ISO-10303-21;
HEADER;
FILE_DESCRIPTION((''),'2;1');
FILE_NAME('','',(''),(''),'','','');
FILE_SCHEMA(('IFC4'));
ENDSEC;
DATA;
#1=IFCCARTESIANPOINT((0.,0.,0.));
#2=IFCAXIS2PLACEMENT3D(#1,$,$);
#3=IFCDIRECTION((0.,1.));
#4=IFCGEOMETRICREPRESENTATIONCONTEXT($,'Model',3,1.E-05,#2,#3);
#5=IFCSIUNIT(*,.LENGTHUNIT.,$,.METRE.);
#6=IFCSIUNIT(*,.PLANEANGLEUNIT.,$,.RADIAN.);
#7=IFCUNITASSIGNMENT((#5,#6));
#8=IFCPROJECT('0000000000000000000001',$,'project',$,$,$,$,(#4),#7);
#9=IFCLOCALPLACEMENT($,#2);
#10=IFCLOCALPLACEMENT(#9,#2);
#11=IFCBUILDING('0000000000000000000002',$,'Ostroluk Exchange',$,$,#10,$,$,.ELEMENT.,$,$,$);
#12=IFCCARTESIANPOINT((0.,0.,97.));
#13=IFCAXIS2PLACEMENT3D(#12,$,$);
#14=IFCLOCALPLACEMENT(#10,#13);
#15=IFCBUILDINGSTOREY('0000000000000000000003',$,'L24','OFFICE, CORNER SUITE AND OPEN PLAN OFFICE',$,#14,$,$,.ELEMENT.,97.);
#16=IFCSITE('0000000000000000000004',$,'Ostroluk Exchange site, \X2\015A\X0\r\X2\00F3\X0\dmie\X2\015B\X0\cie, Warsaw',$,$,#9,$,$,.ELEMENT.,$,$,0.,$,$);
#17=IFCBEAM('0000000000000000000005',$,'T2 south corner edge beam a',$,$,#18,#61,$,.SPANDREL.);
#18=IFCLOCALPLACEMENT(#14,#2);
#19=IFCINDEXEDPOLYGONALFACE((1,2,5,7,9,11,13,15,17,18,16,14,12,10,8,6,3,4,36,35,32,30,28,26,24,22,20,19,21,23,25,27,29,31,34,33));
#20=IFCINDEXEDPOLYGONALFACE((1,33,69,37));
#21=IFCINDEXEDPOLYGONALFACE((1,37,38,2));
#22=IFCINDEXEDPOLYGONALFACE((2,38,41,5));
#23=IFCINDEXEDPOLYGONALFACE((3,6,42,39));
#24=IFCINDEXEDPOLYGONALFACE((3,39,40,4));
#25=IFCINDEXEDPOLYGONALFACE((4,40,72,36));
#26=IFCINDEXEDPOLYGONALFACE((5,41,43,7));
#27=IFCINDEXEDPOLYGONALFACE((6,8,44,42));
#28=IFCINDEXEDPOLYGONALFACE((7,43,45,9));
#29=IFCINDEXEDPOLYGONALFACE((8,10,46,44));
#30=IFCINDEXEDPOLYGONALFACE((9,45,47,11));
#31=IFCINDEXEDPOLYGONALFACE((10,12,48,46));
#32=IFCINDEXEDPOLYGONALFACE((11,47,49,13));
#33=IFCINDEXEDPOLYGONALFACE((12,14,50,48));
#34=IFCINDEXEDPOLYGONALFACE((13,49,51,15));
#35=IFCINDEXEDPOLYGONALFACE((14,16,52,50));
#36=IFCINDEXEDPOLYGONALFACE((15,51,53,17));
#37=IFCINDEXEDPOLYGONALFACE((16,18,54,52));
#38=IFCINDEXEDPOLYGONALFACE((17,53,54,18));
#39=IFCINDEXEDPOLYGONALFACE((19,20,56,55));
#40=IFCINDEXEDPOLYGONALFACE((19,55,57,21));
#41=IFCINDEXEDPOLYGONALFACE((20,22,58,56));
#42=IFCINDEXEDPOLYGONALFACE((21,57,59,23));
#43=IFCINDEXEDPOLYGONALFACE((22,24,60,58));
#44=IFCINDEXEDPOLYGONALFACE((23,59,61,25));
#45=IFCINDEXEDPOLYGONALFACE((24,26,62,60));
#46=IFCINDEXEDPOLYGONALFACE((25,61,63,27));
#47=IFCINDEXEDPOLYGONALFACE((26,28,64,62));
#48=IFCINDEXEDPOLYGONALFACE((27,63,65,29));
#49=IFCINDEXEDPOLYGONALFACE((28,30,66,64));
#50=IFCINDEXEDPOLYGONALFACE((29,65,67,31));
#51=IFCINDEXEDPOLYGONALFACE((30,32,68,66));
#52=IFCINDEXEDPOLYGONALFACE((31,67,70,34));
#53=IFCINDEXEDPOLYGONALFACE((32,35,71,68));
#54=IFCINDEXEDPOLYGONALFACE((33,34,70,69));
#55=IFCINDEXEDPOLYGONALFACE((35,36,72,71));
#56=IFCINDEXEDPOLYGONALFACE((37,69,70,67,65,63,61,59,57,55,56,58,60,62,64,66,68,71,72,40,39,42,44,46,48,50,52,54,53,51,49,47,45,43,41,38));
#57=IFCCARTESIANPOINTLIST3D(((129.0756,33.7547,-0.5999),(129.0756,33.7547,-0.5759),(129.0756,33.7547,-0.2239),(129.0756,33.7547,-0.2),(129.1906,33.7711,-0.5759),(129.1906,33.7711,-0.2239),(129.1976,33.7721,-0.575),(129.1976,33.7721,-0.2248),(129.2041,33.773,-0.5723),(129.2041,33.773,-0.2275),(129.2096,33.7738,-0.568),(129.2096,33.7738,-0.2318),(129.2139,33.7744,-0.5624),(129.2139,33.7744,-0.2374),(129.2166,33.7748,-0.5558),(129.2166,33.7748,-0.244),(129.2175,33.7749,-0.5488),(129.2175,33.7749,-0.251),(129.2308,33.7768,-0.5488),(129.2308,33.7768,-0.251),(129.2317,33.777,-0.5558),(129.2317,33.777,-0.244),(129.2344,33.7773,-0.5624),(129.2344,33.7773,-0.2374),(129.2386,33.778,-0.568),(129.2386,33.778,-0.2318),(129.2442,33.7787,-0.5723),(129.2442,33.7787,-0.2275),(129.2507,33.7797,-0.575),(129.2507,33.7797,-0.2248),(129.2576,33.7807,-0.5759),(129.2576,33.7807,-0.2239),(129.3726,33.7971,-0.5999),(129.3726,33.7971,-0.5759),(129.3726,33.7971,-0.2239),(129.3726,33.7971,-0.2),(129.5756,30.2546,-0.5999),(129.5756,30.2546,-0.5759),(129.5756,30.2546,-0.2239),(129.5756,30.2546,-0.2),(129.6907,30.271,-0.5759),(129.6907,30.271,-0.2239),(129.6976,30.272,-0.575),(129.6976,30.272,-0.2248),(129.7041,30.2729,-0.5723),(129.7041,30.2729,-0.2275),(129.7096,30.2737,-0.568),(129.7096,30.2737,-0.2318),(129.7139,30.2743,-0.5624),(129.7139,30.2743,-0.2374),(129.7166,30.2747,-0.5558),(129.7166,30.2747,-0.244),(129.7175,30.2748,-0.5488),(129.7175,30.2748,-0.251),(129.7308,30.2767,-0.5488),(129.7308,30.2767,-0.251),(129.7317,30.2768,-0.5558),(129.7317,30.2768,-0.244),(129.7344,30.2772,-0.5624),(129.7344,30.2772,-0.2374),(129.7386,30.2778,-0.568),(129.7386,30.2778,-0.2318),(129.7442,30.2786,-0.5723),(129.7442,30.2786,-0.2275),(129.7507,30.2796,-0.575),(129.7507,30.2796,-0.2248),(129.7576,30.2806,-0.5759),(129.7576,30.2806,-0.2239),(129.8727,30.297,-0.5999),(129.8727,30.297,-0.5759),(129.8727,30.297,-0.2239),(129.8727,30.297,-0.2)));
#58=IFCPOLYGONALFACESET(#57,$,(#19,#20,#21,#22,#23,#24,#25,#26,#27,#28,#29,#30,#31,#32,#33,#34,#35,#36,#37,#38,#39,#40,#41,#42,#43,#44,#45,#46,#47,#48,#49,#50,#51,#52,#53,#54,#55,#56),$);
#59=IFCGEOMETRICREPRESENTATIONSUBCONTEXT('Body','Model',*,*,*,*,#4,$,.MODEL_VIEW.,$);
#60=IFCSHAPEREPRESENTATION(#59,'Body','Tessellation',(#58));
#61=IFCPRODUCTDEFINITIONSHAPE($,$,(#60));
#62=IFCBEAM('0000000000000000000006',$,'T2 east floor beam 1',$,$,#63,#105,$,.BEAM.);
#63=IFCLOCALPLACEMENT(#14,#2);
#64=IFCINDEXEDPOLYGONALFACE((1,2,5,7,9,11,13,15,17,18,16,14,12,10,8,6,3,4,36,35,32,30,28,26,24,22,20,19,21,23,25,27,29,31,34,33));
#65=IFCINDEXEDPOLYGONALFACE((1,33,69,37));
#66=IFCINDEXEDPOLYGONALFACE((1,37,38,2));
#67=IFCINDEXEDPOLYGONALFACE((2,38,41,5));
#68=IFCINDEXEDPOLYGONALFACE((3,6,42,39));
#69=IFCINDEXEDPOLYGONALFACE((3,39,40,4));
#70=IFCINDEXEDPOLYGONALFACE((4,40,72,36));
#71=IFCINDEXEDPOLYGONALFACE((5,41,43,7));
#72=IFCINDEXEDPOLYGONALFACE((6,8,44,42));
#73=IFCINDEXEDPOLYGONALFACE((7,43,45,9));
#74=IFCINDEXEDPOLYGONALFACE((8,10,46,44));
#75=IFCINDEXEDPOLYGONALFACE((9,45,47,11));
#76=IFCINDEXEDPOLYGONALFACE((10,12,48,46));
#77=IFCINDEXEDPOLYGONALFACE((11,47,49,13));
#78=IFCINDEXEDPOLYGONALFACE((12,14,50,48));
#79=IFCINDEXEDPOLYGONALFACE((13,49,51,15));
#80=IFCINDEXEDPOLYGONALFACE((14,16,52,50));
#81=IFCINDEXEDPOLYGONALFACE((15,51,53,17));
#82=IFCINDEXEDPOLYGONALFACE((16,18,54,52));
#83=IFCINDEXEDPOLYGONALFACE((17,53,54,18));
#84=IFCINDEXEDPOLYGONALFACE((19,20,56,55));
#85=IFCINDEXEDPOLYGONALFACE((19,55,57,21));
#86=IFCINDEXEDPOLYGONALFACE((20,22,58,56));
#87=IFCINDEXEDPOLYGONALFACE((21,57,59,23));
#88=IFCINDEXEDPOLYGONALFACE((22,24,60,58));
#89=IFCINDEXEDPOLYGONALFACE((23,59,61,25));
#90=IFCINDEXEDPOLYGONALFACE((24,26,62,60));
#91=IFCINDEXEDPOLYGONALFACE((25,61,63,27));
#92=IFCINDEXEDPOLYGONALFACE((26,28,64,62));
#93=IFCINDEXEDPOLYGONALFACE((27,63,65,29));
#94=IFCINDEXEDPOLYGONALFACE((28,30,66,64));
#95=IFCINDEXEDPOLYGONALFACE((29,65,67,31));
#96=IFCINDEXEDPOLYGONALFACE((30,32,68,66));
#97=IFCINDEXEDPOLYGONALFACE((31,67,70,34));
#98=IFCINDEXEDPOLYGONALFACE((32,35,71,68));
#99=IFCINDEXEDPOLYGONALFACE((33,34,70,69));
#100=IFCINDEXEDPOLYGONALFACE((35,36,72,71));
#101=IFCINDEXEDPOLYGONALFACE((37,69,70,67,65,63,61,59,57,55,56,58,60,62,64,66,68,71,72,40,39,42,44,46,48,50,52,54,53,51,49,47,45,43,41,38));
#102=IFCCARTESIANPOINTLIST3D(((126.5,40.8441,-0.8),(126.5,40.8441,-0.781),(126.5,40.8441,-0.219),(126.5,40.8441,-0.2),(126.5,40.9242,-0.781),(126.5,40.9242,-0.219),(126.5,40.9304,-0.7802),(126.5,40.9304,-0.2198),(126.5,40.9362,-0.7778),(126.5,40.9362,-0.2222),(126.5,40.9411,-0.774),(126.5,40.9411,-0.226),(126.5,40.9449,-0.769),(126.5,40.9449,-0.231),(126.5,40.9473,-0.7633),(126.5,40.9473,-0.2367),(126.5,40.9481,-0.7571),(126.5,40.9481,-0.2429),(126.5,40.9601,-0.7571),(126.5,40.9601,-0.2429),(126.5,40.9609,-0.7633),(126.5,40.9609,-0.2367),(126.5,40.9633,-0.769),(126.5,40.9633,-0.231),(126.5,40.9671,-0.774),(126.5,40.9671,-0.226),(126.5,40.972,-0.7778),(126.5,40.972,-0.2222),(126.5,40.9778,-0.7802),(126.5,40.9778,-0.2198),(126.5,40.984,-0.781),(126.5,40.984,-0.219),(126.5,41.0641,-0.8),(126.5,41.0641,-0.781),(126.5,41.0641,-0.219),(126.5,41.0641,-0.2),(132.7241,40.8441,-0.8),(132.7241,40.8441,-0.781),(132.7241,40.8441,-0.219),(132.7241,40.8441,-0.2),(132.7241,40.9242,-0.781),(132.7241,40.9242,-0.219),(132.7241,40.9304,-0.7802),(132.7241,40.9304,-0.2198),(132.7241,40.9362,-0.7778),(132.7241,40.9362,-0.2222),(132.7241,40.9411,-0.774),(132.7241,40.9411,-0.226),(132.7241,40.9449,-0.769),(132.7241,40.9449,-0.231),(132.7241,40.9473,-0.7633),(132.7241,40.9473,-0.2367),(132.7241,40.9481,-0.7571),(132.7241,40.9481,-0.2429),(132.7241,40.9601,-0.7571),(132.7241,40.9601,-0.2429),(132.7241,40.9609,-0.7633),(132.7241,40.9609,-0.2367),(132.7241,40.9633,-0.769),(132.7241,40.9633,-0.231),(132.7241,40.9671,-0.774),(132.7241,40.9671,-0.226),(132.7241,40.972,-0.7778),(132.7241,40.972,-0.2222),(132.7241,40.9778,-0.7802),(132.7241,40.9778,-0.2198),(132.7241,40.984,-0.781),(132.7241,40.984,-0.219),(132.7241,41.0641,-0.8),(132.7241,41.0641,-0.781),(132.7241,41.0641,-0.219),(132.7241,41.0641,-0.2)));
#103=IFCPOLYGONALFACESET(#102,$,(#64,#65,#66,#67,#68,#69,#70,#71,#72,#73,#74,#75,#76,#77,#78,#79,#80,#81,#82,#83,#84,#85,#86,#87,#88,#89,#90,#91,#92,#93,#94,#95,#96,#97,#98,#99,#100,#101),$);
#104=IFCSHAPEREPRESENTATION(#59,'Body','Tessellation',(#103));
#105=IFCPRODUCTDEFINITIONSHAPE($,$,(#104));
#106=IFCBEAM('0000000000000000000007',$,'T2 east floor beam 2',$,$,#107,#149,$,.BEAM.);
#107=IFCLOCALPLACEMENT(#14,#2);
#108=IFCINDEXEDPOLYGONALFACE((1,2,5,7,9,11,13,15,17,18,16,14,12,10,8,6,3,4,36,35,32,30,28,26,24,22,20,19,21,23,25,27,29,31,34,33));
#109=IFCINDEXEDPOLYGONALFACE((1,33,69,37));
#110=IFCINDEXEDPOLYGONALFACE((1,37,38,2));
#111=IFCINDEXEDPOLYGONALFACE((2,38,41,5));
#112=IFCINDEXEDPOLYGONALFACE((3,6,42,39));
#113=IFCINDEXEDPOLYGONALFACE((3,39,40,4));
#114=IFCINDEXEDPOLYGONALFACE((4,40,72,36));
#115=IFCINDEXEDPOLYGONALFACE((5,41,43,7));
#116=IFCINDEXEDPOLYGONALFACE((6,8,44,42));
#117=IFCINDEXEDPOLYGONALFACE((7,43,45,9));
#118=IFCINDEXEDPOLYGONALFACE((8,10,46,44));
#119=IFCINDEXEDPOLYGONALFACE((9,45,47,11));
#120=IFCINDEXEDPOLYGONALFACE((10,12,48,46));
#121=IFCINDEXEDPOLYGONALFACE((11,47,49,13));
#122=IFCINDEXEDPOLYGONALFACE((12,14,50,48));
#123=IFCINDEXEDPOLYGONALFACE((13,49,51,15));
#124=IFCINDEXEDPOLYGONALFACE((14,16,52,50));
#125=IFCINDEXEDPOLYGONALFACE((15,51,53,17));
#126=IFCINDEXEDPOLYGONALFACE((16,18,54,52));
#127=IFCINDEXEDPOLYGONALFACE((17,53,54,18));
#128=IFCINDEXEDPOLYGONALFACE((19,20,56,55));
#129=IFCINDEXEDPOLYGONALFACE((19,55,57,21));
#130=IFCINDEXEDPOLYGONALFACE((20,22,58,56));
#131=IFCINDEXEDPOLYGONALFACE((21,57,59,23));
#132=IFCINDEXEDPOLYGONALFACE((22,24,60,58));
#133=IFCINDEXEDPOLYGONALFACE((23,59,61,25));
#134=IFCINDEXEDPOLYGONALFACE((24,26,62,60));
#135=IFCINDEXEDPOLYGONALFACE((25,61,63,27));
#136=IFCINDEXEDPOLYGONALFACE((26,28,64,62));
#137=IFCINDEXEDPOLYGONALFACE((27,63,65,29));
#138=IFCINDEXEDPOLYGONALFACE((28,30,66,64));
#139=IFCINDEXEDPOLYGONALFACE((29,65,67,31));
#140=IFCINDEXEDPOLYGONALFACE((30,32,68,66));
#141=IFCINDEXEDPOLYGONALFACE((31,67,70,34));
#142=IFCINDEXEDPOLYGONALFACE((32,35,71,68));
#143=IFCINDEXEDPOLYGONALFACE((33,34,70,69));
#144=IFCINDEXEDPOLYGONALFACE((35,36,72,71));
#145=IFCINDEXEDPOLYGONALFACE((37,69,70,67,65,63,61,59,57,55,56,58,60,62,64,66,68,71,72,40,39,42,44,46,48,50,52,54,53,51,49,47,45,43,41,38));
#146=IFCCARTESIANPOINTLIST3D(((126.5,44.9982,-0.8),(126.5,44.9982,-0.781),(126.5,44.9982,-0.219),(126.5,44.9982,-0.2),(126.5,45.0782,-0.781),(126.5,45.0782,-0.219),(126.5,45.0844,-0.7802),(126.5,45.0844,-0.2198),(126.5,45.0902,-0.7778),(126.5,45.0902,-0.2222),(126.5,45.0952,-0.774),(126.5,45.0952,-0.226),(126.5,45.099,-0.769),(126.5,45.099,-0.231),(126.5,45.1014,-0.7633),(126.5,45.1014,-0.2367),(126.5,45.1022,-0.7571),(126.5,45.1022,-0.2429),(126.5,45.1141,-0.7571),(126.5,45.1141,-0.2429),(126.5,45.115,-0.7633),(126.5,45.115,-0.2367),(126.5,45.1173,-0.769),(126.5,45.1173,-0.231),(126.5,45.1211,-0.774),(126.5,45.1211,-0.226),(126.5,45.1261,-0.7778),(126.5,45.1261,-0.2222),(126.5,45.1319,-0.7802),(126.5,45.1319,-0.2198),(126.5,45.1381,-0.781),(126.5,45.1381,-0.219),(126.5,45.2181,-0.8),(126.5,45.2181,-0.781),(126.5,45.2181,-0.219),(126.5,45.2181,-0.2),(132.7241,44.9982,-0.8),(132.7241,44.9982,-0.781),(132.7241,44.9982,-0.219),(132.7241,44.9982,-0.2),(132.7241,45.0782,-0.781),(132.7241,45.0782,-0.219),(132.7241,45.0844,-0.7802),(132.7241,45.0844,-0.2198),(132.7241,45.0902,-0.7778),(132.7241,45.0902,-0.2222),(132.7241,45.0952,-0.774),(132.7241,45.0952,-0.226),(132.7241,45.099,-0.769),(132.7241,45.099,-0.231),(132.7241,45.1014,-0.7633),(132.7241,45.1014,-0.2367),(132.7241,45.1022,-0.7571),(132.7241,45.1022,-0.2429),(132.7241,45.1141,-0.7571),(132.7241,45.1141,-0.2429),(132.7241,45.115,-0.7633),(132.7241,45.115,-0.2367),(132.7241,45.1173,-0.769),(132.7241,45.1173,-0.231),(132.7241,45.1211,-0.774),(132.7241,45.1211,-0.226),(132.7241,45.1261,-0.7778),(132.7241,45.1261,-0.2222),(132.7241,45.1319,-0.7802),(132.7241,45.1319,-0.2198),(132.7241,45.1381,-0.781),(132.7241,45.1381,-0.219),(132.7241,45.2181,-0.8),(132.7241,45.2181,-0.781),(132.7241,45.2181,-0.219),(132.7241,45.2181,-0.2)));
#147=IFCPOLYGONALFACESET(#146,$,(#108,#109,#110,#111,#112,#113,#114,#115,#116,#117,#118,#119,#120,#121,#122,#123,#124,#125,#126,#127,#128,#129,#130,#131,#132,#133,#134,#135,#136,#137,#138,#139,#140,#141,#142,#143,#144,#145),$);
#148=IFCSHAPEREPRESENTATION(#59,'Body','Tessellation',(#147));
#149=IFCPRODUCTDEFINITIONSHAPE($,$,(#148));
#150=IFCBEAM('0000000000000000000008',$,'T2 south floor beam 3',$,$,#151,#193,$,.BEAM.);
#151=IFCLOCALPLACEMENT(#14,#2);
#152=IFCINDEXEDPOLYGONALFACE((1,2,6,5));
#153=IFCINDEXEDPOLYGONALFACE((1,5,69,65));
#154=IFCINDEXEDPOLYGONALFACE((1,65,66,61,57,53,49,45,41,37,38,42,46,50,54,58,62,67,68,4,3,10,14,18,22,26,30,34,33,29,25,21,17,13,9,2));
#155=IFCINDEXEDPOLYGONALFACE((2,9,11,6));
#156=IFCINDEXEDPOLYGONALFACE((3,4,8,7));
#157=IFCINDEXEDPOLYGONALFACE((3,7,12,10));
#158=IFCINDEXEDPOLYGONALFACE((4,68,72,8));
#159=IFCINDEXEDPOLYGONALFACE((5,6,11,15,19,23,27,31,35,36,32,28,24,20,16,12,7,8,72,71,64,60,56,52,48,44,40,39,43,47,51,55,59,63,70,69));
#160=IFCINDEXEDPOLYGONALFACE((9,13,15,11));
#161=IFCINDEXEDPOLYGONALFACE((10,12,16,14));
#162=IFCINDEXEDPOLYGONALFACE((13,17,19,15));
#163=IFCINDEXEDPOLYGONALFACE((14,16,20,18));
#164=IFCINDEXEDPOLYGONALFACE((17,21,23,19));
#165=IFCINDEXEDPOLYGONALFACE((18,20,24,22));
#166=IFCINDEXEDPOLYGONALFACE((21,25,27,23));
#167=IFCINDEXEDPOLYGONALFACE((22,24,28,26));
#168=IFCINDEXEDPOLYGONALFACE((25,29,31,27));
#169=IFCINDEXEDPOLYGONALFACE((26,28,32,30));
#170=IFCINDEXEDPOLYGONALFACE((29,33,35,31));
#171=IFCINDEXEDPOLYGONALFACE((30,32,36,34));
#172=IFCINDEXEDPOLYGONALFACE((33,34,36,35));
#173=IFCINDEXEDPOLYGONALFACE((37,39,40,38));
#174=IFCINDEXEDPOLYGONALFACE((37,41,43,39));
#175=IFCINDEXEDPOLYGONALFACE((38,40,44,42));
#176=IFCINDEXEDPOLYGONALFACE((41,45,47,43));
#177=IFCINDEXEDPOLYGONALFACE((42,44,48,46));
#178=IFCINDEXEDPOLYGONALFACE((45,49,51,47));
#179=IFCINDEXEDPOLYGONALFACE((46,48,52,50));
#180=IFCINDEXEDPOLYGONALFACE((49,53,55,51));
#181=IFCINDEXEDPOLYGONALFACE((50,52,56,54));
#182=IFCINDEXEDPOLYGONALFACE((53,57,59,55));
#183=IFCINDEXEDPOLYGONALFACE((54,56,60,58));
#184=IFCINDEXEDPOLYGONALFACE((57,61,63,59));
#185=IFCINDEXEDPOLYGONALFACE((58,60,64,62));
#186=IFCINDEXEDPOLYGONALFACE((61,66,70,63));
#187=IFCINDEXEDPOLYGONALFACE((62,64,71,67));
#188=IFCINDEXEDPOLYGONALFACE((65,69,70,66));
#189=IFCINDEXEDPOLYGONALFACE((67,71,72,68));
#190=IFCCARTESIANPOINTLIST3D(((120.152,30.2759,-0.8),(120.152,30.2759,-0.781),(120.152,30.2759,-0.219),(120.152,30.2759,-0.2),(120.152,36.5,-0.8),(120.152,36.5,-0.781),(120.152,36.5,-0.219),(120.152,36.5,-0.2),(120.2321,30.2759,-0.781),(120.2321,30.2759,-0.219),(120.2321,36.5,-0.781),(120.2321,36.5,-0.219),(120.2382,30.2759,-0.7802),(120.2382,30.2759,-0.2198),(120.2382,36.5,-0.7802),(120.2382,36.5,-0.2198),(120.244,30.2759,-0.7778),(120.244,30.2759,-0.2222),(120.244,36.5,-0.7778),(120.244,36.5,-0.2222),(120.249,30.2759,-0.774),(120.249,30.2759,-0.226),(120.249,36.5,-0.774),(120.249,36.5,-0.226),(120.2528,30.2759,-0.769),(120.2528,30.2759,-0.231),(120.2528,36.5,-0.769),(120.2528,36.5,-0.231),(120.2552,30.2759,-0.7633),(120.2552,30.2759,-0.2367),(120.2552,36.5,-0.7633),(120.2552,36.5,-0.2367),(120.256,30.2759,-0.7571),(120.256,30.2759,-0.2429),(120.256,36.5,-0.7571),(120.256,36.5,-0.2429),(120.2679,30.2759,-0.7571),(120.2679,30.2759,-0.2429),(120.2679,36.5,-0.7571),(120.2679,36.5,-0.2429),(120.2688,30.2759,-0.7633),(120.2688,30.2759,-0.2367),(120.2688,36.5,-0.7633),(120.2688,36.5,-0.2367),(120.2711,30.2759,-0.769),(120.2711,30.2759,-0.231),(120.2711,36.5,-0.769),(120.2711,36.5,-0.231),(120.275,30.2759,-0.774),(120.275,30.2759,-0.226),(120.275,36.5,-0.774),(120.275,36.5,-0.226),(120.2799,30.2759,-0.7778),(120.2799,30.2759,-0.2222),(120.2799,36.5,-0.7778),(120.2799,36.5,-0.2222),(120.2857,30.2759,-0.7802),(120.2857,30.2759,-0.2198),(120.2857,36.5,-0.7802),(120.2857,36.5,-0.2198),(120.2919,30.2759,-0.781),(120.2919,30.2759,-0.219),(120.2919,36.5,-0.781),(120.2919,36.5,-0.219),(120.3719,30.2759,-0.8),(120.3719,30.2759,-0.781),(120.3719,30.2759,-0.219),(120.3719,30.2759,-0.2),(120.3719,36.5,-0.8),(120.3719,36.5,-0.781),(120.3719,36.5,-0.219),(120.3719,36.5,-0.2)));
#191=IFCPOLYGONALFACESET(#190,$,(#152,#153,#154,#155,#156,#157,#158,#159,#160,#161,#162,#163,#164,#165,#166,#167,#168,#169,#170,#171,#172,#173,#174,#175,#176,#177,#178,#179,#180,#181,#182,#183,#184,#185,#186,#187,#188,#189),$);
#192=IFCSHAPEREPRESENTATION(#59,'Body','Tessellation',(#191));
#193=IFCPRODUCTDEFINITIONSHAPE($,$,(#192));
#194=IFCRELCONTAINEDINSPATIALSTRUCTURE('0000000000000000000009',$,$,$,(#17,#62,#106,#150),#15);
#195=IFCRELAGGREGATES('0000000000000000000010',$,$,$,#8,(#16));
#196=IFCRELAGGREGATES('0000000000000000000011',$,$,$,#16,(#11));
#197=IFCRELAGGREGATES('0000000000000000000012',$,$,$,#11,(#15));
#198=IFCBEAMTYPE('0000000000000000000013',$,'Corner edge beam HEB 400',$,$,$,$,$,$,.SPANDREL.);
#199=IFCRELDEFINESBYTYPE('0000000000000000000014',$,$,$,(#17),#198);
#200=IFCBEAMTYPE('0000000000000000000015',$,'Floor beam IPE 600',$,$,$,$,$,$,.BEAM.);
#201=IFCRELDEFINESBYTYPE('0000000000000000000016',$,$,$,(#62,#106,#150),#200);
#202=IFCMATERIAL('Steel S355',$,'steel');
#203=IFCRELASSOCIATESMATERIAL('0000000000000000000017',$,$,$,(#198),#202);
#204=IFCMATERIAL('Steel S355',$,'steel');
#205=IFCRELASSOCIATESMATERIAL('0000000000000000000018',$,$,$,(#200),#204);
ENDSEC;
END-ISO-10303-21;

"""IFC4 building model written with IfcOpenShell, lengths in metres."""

from ifc_helpers import new_model, si_unit, direction, frame, origin, origin_2d, place, context, subcontext, project, spatial, i_section, extrude, material, material_profile, profile_set, type_object, element, save


model = new_model("IFC4")

# Units and contexts
model_context = context("Model", 3, precision=1e-05, world=origin(), true_north=direction((0.0, 1.0)))
body_context = subcontext(model_context, "Body", "Model", "MODEL_VIEW")
ifc_project = project(units=[si_unit("LENGTHUNIT", "METRE"), si_unit("PLANEANGLEUNIT", "RADIAN")], contexts=[model_context])

# Site, building, storey
site_placement = place(None, origin())
site = spatial("IfcSite", under=ifc_project, at=site_placement, Name="Ostroluk Exchange site, Śródmieście, Warsaw", CompositionType="ELEMENT", RefElevation=0.0)
building_placement = place(site_placement, origin())
building = spatial("IfcBuilding", under=site, at=building_placement, Name="Ostroluk Exchange", CompositionType="ELEMENT")
storey_placement = place(building_placement, frame((0.0, 0.0, 97.0)))
storey = spatial("IfcBuildingStorey", under=building, at=storey_placement, Name="L24", Description="OFFICE, CORNER SUITE AND OPEN PLAN OFFICE", CompositionType="ELEMENT", Elevation=97.0)

# Beams
ifc_material_1 = material(Name="Steel S355", Category="steel")
ifc_material_profile_1 = material_profile(ifc_material_1, i_section(OverallWidth=0.3, OverallDepth=0.3999, WebThickness=0.0134, FlangeThickness=0.0239, FilletRadius=0.0271, at=origin_2d()), Name="HEB 400")
ifc_profile_set_1 = profile_set([ifc_material_profile_1], Name="Steel S355")
beam_type_1 = type_object("IfcBeamType", Name="Corner edge beam HEB 400", PredefinedType="SPANDREL", material=ifc_profile_set_1)
beam_1_placement = place(storey_placement, frame((129.2241, 33.7759, -0.3999), z_axis=(0.141421, -0.989949, 0.0), x_axis=(0.989949, 0.141421, 0.0)))
element("IfcBeam", 1, at=beam_1_placement, inside=storey, type_object=beam_type_1, Name="T2 south corner edge beam a", PredefinedType="SPANDREL", context=body_context, shape_type="SweptSolid", body=[
    extrude(i_section(OverallWidth=0.3, OverallDepth=0.3999, WebThickness=0.0134, FlangeThickness=0.0239, FilletRadius=0.0271, at=origin_2d()), origin(), (0.0, 0.0, 1.0), 3.5356),
])
ifc_material_2 = material(Name="Steel S355", Category="steel")
ifc_material_profile_2 = material_profile(ifc_material_2, i_section(OverallWidth=0.22, OverallDepth=0.6001, WebThickness=0.012, FlangeThickness=0.019, FilletRadius=0.0239, at=origin_2d()), Name="IPE 600")
ifc_profile_set_2 = profile_set([ifc_material_profile_2], Name="Steel S355")
beam_type_2 = type_object("IfcBeamType", Name="Floor beam IPE 600", PredefinedType="BEAM", material=ifc_profile_set_2)
for number, where, z_axis, x_axis, name in (
    (2, (126.5, 40.9541, -0.5), (1.0, 0.0, 0.0), (0.0, 1.0, 0.0), "T2 east floor beam 1"),
    (3, (126.5, 45.1082, -0.5), (1.0, 0.0, 0.0), (0.0, 1.0, 0.0), "T2 east floor beam 2"),
    (4, (120.262, 36.5, -0.5), (0.0, -1.0, 0.0), (1.0, 0.0, 0.0), "T2 south floor beam 3"),
):
    element("IfcBeam", number, at=place(storey_placement, frame(where, z_axis=z_axis, x_axis=x_axis)), inside=storey, type_object=beam_type_2, Name=name, PredefinedType="BEAM", context=body_context, shape_type="SweptSolid", body=[
        extrude(i_section(OverallWidth=0.22, OverallDepth=0.6001, WebThickness=0.012, FlangeThickness=0.019, FilletRadius=0.0239, at=origin_2d()), origin(), (0.0, 0.0, 1.0), 6.2241),
    ])

save(model, "model.ifc")
